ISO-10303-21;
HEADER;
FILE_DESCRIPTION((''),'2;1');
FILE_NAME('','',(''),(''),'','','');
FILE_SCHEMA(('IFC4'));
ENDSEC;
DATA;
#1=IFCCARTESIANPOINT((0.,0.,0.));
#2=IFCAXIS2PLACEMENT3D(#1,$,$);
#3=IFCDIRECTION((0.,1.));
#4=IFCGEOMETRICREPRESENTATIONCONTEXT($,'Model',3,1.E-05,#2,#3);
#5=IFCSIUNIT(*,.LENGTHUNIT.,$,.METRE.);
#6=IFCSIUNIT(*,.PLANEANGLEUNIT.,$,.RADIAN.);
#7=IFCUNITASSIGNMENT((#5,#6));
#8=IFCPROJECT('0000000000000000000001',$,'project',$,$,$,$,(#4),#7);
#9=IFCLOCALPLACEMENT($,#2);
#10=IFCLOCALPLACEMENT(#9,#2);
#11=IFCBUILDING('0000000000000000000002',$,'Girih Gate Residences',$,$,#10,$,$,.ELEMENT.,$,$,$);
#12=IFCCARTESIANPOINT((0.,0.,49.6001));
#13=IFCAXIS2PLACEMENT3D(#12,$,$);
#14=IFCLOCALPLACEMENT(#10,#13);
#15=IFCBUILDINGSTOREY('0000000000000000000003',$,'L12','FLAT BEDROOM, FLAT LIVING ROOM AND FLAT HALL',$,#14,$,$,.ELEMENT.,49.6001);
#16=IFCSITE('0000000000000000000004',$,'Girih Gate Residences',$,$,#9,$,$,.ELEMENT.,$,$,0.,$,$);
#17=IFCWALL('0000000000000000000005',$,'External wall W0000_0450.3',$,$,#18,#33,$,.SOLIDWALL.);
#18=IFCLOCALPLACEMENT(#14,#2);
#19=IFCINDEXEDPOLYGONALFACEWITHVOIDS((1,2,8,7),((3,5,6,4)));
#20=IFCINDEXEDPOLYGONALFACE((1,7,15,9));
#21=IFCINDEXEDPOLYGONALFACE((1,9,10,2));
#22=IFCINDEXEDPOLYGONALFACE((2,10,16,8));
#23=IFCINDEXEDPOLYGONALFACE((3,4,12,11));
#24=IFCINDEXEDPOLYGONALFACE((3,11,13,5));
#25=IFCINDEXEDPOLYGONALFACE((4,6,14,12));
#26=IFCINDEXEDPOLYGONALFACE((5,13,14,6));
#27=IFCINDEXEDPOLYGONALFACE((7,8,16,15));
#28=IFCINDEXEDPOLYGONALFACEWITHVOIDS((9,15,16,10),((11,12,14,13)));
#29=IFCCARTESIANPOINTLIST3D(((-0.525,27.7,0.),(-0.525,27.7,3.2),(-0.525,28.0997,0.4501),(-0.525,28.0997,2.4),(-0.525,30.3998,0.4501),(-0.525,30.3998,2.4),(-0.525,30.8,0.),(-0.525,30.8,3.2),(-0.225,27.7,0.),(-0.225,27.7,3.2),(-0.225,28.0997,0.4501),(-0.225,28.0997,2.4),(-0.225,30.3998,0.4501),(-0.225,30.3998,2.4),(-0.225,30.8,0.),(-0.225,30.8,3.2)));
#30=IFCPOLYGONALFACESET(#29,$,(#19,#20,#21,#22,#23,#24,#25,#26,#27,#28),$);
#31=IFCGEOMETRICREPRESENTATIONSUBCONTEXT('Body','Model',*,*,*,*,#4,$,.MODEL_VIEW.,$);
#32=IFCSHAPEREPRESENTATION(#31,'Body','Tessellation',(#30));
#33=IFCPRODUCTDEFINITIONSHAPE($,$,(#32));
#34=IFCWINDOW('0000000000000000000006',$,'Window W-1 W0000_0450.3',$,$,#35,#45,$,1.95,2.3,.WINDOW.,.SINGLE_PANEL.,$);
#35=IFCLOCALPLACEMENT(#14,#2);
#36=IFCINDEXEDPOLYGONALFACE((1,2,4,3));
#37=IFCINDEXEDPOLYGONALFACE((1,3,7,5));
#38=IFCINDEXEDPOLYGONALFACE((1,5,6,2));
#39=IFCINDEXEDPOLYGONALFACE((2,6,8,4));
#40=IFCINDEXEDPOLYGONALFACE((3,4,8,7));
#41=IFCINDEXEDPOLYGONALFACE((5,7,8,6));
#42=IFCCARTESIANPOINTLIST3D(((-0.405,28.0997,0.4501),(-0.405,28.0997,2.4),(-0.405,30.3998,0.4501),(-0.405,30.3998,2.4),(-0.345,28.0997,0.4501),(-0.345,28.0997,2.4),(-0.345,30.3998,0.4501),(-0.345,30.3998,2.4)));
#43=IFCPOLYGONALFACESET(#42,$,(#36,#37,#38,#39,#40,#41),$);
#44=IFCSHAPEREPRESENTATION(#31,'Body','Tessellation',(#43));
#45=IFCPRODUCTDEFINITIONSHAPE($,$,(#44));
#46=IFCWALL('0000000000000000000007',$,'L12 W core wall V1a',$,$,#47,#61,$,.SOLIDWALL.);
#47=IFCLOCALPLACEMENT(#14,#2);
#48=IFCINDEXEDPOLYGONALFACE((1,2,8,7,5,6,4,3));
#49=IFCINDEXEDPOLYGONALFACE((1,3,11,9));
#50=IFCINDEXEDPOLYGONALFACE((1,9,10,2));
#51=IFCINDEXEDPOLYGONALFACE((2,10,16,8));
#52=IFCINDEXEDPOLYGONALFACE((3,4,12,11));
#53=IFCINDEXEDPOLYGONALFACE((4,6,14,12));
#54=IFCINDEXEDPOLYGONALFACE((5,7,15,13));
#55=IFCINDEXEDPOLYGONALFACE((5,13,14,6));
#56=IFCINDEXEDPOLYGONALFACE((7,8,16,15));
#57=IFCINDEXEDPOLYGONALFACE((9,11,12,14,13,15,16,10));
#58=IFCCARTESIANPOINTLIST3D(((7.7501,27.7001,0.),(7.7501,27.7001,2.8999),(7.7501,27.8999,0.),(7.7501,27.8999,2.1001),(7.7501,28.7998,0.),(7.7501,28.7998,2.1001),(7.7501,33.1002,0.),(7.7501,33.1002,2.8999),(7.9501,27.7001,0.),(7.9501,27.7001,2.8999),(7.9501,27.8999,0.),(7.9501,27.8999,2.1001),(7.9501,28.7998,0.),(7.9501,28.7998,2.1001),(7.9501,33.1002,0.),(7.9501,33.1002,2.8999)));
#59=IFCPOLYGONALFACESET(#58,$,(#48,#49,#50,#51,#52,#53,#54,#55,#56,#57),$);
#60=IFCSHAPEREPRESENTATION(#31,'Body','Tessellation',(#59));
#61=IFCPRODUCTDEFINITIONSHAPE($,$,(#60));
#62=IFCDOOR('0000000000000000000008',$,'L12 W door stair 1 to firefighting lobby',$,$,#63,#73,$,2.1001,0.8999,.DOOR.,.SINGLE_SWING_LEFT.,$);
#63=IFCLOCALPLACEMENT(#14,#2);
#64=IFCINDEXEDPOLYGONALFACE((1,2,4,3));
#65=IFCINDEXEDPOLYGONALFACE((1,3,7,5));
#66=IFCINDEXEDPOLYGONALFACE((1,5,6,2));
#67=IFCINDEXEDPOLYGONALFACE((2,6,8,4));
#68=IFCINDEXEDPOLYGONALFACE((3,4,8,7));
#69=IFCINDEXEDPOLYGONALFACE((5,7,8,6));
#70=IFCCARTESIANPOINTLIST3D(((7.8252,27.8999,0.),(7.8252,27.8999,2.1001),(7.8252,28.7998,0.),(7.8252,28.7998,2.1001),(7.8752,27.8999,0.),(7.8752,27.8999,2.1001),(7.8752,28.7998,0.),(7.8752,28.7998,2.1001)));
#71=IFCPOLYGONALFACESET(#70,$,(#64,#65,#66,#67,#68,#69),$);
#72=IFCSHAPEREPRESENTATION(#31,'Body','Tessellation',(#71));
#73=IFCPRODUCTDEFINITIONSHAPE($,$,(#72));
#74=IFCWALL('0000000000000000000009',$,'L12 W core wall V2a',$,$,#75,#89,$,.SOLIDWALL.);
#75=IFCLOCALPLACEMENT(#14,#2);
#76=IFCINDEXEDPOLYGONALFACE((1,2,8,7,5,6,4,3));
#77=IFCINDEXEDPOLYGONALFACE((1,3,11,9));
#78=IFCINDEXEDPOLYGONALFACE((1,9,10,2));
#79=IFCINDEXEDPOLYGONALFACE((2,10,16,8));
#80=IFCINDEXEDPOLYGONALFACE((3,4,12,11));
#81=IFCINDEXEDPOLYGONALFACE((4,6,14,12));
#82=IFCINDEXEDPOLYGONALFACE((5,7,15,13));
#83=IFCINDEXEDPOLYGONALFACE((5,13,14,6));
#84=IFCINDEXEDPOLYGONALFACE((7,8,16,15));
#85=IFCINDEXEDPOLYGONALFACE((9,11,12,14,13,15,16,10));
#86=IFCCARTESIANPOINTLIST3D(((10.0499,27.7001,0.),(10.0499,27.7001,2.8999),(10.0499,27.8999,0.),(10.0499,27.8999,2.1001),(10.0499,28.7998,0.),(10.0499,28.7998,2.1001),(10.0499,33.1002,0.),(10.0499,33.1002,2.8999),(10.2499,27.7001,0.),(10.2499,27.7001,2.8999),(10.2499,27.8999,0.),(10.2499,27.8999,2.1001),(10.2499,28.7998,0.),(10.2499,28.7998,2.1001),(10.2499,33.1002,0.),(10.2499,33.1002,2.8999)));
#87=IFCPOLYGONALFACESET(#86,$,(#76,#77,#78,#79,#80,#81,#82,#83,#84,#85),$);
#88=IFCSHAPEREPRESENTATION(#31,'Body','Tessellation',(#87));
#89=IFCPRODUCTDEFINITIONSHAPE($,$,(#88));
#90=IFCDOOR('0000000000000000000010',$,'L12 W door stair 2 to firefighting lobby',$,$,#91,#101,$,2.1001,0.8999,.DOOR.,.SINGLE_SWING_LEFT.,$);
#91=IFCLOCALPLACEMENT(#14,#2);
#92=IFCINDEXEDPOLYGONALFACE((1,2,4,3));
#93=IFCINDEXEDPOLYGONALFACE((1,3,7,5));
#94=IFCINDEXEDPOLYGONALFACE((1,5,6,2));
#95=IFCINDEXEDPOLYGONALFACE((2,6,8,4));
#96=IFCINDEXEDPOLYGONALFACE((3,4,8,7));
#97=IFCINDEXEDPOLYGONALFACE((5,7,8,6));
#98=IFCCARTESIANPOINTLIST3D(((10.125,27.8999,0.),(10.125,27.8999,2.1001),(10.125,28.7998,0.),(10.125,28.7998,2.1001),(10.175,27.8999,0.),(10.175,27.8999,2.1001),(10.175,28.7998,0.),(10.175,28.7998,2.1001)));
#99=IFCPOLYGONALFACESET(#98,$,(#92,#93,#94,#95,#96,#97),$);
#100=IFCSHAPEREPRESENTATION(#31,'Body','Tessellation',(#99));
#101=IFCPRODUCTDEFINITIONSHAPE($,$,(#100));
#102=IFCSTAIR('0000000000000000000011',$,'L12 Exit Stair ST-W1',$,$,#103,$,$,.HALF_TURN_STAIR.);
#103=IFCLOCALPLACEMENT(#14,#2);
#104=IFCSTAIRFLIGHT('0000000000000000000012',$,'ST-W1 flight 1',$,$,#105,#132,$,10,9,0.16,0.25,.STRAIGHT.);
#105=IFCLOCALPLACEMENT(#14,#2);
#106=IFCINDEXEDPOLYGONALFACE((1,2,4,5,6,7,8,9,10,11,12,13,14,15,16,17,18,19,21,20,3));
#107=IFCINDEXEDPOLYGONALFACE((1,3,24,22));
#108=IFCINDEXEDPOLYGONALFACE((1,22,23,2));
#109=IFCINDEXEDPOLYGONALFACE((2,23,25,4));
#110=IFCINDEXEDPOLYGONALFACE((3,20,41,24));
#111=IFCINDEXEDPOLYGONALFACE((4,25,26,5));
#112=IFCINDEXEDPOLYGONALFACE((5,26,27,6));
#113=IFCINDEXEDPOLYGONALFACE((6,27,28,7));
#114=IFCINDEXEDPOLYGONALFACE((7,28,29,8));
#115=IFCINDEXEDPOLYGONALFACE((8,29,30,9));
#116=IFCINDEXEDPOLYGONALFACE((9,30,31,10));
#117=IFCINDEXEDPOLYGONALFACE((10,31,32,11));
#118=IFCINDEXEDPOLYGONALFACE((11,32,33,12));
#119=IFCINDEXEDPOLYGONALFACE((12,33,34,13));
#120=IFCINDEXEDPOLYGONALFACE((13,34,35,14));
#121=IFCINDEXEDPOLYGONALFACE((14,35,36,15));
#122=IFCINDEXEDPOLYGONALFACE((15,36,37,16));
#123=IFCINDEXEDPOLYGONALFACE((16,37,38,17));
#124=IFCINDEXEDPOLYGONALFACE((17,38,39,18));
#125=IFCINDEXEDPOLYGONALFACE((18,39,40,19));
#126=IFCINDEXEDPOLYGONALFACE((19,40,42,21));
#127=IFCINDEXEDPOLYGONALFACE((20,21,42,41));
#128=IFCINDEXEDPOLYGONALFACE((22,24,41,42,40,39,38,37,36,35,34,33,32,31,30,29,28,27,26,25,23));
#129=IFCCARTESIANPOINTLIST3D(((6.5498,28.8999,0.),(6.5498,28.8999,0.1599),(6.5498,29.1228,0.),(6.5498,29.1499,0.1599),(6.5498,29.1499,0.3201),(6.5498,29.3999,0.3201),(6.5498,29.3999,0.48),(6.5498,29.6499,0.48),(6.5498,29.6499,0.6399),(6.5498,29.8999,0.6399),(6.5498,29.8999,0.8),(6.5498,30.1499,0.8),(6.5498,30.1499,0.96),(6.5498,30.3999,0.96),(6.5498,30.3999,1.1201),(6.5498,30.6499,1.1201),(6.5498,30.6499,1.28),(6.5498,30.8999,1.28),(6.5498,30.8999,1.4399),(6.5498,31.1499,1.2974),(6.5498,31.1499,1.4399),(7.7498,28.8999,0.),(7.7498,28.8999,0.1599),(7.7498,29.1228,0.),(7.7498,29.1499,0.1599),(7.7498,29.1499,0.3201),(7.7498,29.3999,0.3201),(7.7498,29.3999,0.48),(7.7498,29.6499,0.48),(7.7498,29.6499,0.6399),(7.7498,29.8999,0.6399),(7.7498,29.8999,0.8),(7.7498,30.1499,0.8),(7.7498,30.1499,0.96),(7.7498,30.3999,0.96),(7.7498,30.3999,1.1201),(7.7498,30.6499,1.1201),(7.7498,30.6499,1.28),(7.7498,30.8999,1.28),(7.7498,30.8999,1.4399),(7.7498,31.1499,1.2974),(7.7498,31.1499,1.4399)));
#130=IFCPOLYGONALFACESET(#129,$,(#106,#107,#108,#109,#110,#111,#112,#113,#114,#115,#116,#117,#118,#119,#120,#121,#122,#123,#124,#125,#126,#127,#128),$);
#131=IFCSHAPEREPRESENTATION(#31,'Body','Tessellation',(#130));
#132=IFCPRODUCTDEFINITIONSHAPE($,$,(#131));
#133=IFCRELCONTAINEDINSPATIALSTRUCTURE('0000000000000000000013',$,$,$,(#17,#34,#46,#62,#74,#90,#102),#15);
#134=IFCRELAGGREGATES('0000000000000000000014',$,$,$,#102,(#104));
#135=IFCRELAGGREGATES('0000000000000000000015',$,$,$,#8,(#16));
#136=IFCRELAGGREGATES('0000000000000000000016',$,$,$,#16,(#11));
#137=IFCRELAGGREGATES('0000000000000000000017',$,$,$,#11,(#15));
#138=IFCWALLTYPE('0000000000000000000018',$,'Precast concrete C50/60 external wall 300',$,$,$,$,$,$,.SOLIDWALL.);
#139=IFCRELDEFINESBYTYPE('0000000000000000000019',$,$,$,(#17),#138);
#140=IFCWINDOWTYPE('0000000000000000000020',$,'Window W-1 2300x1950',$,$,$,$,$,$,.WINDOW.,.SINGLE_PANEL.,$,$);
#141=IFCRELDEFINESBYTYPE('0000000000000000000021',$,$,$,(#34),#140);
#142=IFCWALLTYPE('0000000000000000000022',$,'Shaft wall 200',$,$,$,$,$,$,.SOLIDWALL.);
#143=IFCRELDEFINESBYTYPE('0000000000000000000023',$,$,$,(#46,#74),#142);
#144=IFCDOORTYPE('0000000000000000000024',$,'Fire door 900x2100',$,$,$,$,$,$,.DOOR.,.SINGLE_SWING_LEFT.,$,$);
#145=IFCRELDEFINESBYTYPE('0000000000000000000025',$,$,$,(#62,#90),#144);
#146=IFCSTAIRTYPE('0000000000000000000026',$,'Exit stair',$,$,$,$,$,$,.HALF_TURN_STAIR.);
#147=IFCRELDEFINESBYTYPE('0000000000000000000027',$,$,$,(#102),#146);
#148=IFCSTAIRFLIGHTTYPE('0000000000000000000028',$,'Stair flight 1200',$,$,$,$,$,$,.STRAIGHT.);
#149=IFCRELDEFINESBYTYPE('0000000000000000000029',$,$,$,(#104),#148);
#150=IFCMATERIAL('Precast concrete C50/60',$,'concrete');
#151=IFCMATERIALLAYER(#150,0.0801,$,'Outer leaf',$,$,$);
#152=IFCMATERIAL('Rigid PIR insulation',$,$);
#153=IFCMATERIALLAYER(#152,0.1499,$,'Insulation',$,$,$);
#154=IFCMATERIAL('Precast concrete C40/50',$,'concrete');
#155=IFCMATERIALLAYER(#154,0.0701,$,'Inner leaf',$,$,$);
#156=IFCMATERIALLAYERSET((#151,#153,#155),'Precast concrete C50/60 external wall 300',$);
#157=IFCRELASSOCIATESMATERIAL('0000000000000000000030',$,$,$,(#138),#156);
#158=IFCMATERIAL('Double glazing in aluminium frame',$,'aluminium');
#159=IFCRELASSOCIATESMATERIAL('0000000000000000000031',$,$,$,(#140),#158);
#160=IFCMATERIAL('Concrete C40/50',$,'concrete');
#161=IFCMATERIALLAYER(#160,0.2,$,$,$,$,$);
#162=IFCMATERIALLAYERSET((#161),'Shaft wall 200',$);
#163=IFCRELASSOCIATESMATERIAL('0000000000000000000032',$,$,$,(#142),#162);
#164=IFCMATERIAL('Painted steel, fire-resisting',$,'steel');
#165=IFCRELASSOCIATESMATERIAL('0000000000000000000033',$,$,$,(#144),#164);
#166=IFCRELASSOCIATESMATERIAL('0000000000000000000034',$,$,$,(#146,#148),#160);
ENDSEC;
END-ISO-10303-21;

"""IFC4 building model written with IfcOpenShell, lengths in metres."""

from ifc_helpers import new_model, si_unit, direction, frame, frame_2d, origin, place, context, subcontext, project, spatial, polyline, rectangle, outline, extrude, material, layer, layer_set, type_object, element, fill, aggregate, save


model = new_model("IFC4")

# Units and contexts
model_context = context("Model", 3, precision=1e-05, world=origin(), true_north=direction((0.0, 1.0)))
body_context = subcontext(model_context, "Body", "Model", "MODEL_VIEW")
ifc_project = project(units=[si_unit("LENGTHUNIT", "METRE"), si_unit("PLANEANGLEUNIT", "RADIAN")], contexts=[model_context])

# Site, building, storey
site_placement = place(None, origin())
site = spatial("IfcSite", under=ifc_project, at=site_placement, Name="Girih Gate Residences", CompositionType="ELEMENT", RefElevation=0.0)
building_placement = place(site_placement, origin())
building = spatial("IfcBuilding", under=site, at=building_placement, Name="Girih Gate Residences", CompositionType="ELEMENT")
storey_placement = place(building_placement, frame((0.0, 0.0, 49.6001)))
storey = spatial("IfcBuildingStorey", under=building, at=storey_placement, Name="L12", Description="FLAT BEDROOM, FLAT LIVING ROOM AND FLAT HALL", CompositionType="ELEMENT", Elevation=49.6001)

# Shared definitions
ifc_material_1 = material(Name="Painted steel, fire-resisting", Category="steel")

# Wall, opening, window
ifc_material_2 = material(Name="Precast concrete C50/60", Category="concrete")
ifc_layer_1 = layer(ifc_material_2, 0.0801, Name="Outer leaf")
ifc_material_3 = material(Name="Rigid PIR insulation")
ifc_layer_2 = layer(ifc_material_3, 0.1499, Name="Insulation")
ifc_material_4 = material(Name="Precast concrete C40/50", Category="concrete")
ifc_layer_3 = layer(ifc_material_4, 0.0701, Name="Inner leaf")
ifc_layer_set_1 = layer_set([ifc_layer_1, ifc_layer_2, ifc_layer_3], Name="Precast concrete C50/60 external wall 300")
wall_type_1 = type_object("IfcWallType", Name="Precast concrete C50/60 external wall 300", PredefinedType="SOLIDWALL", material=ifc_layer_set_1)
wall_1_placement = place(storey_placement, frame((-0.375, 27.7, 0.0), z_axis=(0.0, 0.0, 1.0), x_axis=(0.0, 1.0, 0.0)))
wall_1 = element("IfcWall", 1, at=wall_1_placement, inside=storey, type_object=wall_type_1, Name="External wall W0000_0450.3", PredefinedType="SOLIDWALL", context=body_context, shape_type="SweptSolid", body=[
    extrude(rectangle(XDim=3.1001, YDim=0.3, at=frame_2d((1.55, 0.0))), origin(), (0.0, 0.0, 1.0), 3.2),
])
opening_1_placement = place(wall_1_placement, frame((0.3999, 0.0, 0.45)))
opening_1 = element("IfcOpeningElement", 2, at=opening_1_placement, cuts=wall_1, PredefinedType="OPENING", context=body_context, shape_type="SweptSolid", body=[
    extrude(rectangle(XDim=2.3, YDim=1.95, at=frame_2d((1.1499, 0.9751))), frame((0.0, 0.1599, 0.0), z_axis=(0.0, -1.0, 0.0), x_axis=(1.0, 0.0, 0.0)), (0.0, 0.0, 1.0), 0.3201),
])
ifc_material_5 = material(Name="Double glazing in aluminium frame", Category="aluminium")
window_type = type_object("IfcWindowType", Name="Window W-1 2300x1950", PartitioningType="SINGLE_PANEL", PredefinedType="WINDOW", material=ifc_material_5)
window_placement = place(opening_1_placement, origin())
window = element("IfcWindow", 3, at=window_placement, inside=storey, type_object=window_type, Name="Window W-1 W0000_0450.3", OverallHeight=1.95, OverallWidth=2.3, PartitioningType="SINGLE_PANEL", PredefinedType="WINDOW", context=body_context, shape_type="SweptSolid", body=[
    extrude(rectangle(XDim=2.3, YDim=1.95, at=frame_2d((1.1499, 0.9751))), frame((0.0, 0.03, 0.0), z_axis=(0.0, -1.0, 0.0), x_axis=(1.0, 0.0, 0.0)), (0.0, 0.0, 1.0), 0.0601),
])
fill(opening_1, window)

# Walls, openings, doors
ifc_material_6 = material(Name="Concrete C40/50", Category="concrete")
ifc_layer_4 = layer(ifc_material_6, 0.2)
ifc_layer_set_2 = layer_set([ifc_layer_4], Name="Shaft wall 200")
wall_type_2 = type_object("IfcWallType", Name="Shaft wall 200", PredefinedType="SOLIDWALL", material=ifc_layer_set_2)
wall_2_placement = place(storey_placement, frame((7.8501, 27.7, 0.0), z_axis=(0.0, 0.0, 1.0), x_axis=(0.0, 1.0, 0.0)))
wall_2 = element("IfcWall", 4, at=wall_2_placement, inside=storey, type_object=wall_type_2, Name="L12 W core wall V1a", PredefinedType="SOLIDWALL", context=body_context, shape_type="SweptSolid", body=[
    extrude(rectangle(XDim=5.4001, YDim=0.2, at=frame_2d((2.7002, 0.0))), origin(), (0.0, 0.0, 1.0), 2.8999),
])
opening_2_placement = place(wall_2_placement, frame((0.2, 0.0, 0.0)))
opening_2 = element("IfcOpeningElement", 5, at=opening_2_placement, cuts=wall_2, PredefinedType="OPENING", context=body_context, shape_type="SweptSolid", body=[
    extrude(rectangle(XDim=0.8999, YDim=2.1001, at=frame_2d((0.45, 1.05))), frame((0.0, 0.1099, 0.0), z_axis=(0.0, -1.0, 0.0), x_axis=(1.0, 0.0, 0.0)), (0.0, 0.0, 1.0), 0.22),
])
door_type_1 = type_object("IfcDoorType", Name="Fire door 900x2100", OperationType="SINGLE_SWING_LEFT", PredefinedType="DOOR", material=ifc_material_1)
door_1_placement = place(opening_2_placement, origin())
door_1 = element("IfcDoor", 6, at=door_1_placement, inside=storey, type_object=door_type_1, Name="L12 W door stair 1 to firefighting lobby", OperationType="SINGLE_SWING_LEFT", OverallHeight=2.1001, OverallWidth=0.8999, PredefinedType="DOOR", context=body_context, shape_type="SweptSolid", body=[
    extrude(rectangle(XDim=0.8999, YDim=2.1001, at=frame_2d((0.45, 1.05))), frame((0.0, 0.0249, 0.0), z_axis=(0.0, -1.0, 0.0), x_axis=(1.0, 0.0, 0.0)), (0.0, 0.0, 1.0), 0.05),
])
fill(opening_2, door_1)
wall_3_placement = place(storey_placement, frame((10.1499, 27.7, 0.0), z_axis=(0.0, 0.0, 1.0), x_axis=(0.0, 1.0, 0.0)))
wall_3 = element("IfcWall", 7, at=wall_3_placement, inside=storey, type_object=wall_type_2, Name="L12 W core wall V2a", PredefinedType="SOLIDWALL", context=body_context, shape_type="SweptSolid", body=[
    extrude(rectangle(XDim=5.4001, YDim=0.2, at=frame_2d((2.7002, 0.0))), origin(), (0.0, 0.0, 1.0), 2.8999),
])
opening_3_placement = place(wall_3_placement, frame((0.2, 0.0, 0.0)))
opening_3 = element("IfcOpeningElement", 8, at=opening_3_placement, cuts=wall_3, PredefinedType="OPENING", context=body_context, shape_type="SweptSolid", body=[
    extrude(rectangle(XDim=0.8999, YDim=2.1001, at=frame_2d((0.45, 1.05))), frame((0.0, 0.1099, 0.0), z_axis=(0.0, -1.0, 0.0), x_axis=(1.0, 0.0, 0.0)), (0.0, 0.0, 1.0), 0.22),
])
door_2_placement = place(opening_3_placement, origin())
door_2 = element("IfcDoor", 9, at=door_2_placement, inside=storey, type_object=door_type_1, Name="L12 W door stair 2 to firefighting lobby", OperationType="SINGLE_SWING_LEFT", OverallHeight=2.1001, OverallWidth=0.8999, PredefinedType="DOOR", context=body_context, shape_type="SweptSolid", body=[
    extrude(rectangle(XDim=0.8999, YDim=2.1001, at=frame_2d((0.45, 1.05))), frame((0.0, 0.0249, 0.0), z_axis=(0.0, -1.0, 0.0), x_axis=(1.0, 0.0, 0.0)), (0.0, 0.0, 1.0), 0.05),
])
fill(opening_3, door_2)

# Stair, stair flight
stair_type = type_object("IfcStairType", Name="Exit stair", PredefinedType="HALF_TURN_STAIR", material=ifc_material_6)
stair_placement = place(storey_placement, origin())
stair = element("IfcStair", 10, at=stair_placement, inside=storey, type_object=stair_type, Name="L12 Exit Stair ST-W1", PredefinedType="HALF_TURN_STAIR")
stair_flight_type = type_object("IfcStairFlightType", Name="Stair flight 1200", PredefinedType="STRAIGHT", material=ifc_material_6)
stair_flight_placement = place(storey_placement, frame((7.1499, 28.8999, 0.0), z_axis=(0.0, 0.0, 1.0), x_axis=(0.0, 1.0, 0.0)))
stair_flight = element("IfcStairFlight", 11, at=stair_flight_placement, type_object=stair_flight_type, Name="ST-W1 flight 1", NumberOfRisers=10, NumberOfTreads=9, PredefinedType="STRAIGHT", RiserHeight=0.16, TreadLength=0.25, context=body_context, shape_type="SweptSolid", body=[
    extrude(outline(polyline([(0.0, 0.0), (0.0, 0.1599), (0.25, 0.1599), (0.25, 0.3201), (0.5, 0.3201), (0.5, 0.48), (0.75, 0.48), (0.75, 0.6399), (1.0, 0.6399), (1.0, 0.8), (1.25, 0.8), (1.25, 0.96), (1.5, 0.96), (1.5, 1.1201), (1.75, 1.1201), (1.75, 1.28), (2.0, 1.28), (2.0, 1.4399), (2.25, 1.4399), (2.25, 1.6001), (2.25, 1.2974), (0.2229, 0.0), (0.0, 0.0)])), frame((0.0, 0.6001, 0.0), z_axis=(0.0, -1.0, 0.0), x_axis=(1.0, 0.0, 0.0)), (0.0, 0.0, 1.0), 1.2),
])
aggregate(stair, [stair_flight])

save(model, "model.ifc")
